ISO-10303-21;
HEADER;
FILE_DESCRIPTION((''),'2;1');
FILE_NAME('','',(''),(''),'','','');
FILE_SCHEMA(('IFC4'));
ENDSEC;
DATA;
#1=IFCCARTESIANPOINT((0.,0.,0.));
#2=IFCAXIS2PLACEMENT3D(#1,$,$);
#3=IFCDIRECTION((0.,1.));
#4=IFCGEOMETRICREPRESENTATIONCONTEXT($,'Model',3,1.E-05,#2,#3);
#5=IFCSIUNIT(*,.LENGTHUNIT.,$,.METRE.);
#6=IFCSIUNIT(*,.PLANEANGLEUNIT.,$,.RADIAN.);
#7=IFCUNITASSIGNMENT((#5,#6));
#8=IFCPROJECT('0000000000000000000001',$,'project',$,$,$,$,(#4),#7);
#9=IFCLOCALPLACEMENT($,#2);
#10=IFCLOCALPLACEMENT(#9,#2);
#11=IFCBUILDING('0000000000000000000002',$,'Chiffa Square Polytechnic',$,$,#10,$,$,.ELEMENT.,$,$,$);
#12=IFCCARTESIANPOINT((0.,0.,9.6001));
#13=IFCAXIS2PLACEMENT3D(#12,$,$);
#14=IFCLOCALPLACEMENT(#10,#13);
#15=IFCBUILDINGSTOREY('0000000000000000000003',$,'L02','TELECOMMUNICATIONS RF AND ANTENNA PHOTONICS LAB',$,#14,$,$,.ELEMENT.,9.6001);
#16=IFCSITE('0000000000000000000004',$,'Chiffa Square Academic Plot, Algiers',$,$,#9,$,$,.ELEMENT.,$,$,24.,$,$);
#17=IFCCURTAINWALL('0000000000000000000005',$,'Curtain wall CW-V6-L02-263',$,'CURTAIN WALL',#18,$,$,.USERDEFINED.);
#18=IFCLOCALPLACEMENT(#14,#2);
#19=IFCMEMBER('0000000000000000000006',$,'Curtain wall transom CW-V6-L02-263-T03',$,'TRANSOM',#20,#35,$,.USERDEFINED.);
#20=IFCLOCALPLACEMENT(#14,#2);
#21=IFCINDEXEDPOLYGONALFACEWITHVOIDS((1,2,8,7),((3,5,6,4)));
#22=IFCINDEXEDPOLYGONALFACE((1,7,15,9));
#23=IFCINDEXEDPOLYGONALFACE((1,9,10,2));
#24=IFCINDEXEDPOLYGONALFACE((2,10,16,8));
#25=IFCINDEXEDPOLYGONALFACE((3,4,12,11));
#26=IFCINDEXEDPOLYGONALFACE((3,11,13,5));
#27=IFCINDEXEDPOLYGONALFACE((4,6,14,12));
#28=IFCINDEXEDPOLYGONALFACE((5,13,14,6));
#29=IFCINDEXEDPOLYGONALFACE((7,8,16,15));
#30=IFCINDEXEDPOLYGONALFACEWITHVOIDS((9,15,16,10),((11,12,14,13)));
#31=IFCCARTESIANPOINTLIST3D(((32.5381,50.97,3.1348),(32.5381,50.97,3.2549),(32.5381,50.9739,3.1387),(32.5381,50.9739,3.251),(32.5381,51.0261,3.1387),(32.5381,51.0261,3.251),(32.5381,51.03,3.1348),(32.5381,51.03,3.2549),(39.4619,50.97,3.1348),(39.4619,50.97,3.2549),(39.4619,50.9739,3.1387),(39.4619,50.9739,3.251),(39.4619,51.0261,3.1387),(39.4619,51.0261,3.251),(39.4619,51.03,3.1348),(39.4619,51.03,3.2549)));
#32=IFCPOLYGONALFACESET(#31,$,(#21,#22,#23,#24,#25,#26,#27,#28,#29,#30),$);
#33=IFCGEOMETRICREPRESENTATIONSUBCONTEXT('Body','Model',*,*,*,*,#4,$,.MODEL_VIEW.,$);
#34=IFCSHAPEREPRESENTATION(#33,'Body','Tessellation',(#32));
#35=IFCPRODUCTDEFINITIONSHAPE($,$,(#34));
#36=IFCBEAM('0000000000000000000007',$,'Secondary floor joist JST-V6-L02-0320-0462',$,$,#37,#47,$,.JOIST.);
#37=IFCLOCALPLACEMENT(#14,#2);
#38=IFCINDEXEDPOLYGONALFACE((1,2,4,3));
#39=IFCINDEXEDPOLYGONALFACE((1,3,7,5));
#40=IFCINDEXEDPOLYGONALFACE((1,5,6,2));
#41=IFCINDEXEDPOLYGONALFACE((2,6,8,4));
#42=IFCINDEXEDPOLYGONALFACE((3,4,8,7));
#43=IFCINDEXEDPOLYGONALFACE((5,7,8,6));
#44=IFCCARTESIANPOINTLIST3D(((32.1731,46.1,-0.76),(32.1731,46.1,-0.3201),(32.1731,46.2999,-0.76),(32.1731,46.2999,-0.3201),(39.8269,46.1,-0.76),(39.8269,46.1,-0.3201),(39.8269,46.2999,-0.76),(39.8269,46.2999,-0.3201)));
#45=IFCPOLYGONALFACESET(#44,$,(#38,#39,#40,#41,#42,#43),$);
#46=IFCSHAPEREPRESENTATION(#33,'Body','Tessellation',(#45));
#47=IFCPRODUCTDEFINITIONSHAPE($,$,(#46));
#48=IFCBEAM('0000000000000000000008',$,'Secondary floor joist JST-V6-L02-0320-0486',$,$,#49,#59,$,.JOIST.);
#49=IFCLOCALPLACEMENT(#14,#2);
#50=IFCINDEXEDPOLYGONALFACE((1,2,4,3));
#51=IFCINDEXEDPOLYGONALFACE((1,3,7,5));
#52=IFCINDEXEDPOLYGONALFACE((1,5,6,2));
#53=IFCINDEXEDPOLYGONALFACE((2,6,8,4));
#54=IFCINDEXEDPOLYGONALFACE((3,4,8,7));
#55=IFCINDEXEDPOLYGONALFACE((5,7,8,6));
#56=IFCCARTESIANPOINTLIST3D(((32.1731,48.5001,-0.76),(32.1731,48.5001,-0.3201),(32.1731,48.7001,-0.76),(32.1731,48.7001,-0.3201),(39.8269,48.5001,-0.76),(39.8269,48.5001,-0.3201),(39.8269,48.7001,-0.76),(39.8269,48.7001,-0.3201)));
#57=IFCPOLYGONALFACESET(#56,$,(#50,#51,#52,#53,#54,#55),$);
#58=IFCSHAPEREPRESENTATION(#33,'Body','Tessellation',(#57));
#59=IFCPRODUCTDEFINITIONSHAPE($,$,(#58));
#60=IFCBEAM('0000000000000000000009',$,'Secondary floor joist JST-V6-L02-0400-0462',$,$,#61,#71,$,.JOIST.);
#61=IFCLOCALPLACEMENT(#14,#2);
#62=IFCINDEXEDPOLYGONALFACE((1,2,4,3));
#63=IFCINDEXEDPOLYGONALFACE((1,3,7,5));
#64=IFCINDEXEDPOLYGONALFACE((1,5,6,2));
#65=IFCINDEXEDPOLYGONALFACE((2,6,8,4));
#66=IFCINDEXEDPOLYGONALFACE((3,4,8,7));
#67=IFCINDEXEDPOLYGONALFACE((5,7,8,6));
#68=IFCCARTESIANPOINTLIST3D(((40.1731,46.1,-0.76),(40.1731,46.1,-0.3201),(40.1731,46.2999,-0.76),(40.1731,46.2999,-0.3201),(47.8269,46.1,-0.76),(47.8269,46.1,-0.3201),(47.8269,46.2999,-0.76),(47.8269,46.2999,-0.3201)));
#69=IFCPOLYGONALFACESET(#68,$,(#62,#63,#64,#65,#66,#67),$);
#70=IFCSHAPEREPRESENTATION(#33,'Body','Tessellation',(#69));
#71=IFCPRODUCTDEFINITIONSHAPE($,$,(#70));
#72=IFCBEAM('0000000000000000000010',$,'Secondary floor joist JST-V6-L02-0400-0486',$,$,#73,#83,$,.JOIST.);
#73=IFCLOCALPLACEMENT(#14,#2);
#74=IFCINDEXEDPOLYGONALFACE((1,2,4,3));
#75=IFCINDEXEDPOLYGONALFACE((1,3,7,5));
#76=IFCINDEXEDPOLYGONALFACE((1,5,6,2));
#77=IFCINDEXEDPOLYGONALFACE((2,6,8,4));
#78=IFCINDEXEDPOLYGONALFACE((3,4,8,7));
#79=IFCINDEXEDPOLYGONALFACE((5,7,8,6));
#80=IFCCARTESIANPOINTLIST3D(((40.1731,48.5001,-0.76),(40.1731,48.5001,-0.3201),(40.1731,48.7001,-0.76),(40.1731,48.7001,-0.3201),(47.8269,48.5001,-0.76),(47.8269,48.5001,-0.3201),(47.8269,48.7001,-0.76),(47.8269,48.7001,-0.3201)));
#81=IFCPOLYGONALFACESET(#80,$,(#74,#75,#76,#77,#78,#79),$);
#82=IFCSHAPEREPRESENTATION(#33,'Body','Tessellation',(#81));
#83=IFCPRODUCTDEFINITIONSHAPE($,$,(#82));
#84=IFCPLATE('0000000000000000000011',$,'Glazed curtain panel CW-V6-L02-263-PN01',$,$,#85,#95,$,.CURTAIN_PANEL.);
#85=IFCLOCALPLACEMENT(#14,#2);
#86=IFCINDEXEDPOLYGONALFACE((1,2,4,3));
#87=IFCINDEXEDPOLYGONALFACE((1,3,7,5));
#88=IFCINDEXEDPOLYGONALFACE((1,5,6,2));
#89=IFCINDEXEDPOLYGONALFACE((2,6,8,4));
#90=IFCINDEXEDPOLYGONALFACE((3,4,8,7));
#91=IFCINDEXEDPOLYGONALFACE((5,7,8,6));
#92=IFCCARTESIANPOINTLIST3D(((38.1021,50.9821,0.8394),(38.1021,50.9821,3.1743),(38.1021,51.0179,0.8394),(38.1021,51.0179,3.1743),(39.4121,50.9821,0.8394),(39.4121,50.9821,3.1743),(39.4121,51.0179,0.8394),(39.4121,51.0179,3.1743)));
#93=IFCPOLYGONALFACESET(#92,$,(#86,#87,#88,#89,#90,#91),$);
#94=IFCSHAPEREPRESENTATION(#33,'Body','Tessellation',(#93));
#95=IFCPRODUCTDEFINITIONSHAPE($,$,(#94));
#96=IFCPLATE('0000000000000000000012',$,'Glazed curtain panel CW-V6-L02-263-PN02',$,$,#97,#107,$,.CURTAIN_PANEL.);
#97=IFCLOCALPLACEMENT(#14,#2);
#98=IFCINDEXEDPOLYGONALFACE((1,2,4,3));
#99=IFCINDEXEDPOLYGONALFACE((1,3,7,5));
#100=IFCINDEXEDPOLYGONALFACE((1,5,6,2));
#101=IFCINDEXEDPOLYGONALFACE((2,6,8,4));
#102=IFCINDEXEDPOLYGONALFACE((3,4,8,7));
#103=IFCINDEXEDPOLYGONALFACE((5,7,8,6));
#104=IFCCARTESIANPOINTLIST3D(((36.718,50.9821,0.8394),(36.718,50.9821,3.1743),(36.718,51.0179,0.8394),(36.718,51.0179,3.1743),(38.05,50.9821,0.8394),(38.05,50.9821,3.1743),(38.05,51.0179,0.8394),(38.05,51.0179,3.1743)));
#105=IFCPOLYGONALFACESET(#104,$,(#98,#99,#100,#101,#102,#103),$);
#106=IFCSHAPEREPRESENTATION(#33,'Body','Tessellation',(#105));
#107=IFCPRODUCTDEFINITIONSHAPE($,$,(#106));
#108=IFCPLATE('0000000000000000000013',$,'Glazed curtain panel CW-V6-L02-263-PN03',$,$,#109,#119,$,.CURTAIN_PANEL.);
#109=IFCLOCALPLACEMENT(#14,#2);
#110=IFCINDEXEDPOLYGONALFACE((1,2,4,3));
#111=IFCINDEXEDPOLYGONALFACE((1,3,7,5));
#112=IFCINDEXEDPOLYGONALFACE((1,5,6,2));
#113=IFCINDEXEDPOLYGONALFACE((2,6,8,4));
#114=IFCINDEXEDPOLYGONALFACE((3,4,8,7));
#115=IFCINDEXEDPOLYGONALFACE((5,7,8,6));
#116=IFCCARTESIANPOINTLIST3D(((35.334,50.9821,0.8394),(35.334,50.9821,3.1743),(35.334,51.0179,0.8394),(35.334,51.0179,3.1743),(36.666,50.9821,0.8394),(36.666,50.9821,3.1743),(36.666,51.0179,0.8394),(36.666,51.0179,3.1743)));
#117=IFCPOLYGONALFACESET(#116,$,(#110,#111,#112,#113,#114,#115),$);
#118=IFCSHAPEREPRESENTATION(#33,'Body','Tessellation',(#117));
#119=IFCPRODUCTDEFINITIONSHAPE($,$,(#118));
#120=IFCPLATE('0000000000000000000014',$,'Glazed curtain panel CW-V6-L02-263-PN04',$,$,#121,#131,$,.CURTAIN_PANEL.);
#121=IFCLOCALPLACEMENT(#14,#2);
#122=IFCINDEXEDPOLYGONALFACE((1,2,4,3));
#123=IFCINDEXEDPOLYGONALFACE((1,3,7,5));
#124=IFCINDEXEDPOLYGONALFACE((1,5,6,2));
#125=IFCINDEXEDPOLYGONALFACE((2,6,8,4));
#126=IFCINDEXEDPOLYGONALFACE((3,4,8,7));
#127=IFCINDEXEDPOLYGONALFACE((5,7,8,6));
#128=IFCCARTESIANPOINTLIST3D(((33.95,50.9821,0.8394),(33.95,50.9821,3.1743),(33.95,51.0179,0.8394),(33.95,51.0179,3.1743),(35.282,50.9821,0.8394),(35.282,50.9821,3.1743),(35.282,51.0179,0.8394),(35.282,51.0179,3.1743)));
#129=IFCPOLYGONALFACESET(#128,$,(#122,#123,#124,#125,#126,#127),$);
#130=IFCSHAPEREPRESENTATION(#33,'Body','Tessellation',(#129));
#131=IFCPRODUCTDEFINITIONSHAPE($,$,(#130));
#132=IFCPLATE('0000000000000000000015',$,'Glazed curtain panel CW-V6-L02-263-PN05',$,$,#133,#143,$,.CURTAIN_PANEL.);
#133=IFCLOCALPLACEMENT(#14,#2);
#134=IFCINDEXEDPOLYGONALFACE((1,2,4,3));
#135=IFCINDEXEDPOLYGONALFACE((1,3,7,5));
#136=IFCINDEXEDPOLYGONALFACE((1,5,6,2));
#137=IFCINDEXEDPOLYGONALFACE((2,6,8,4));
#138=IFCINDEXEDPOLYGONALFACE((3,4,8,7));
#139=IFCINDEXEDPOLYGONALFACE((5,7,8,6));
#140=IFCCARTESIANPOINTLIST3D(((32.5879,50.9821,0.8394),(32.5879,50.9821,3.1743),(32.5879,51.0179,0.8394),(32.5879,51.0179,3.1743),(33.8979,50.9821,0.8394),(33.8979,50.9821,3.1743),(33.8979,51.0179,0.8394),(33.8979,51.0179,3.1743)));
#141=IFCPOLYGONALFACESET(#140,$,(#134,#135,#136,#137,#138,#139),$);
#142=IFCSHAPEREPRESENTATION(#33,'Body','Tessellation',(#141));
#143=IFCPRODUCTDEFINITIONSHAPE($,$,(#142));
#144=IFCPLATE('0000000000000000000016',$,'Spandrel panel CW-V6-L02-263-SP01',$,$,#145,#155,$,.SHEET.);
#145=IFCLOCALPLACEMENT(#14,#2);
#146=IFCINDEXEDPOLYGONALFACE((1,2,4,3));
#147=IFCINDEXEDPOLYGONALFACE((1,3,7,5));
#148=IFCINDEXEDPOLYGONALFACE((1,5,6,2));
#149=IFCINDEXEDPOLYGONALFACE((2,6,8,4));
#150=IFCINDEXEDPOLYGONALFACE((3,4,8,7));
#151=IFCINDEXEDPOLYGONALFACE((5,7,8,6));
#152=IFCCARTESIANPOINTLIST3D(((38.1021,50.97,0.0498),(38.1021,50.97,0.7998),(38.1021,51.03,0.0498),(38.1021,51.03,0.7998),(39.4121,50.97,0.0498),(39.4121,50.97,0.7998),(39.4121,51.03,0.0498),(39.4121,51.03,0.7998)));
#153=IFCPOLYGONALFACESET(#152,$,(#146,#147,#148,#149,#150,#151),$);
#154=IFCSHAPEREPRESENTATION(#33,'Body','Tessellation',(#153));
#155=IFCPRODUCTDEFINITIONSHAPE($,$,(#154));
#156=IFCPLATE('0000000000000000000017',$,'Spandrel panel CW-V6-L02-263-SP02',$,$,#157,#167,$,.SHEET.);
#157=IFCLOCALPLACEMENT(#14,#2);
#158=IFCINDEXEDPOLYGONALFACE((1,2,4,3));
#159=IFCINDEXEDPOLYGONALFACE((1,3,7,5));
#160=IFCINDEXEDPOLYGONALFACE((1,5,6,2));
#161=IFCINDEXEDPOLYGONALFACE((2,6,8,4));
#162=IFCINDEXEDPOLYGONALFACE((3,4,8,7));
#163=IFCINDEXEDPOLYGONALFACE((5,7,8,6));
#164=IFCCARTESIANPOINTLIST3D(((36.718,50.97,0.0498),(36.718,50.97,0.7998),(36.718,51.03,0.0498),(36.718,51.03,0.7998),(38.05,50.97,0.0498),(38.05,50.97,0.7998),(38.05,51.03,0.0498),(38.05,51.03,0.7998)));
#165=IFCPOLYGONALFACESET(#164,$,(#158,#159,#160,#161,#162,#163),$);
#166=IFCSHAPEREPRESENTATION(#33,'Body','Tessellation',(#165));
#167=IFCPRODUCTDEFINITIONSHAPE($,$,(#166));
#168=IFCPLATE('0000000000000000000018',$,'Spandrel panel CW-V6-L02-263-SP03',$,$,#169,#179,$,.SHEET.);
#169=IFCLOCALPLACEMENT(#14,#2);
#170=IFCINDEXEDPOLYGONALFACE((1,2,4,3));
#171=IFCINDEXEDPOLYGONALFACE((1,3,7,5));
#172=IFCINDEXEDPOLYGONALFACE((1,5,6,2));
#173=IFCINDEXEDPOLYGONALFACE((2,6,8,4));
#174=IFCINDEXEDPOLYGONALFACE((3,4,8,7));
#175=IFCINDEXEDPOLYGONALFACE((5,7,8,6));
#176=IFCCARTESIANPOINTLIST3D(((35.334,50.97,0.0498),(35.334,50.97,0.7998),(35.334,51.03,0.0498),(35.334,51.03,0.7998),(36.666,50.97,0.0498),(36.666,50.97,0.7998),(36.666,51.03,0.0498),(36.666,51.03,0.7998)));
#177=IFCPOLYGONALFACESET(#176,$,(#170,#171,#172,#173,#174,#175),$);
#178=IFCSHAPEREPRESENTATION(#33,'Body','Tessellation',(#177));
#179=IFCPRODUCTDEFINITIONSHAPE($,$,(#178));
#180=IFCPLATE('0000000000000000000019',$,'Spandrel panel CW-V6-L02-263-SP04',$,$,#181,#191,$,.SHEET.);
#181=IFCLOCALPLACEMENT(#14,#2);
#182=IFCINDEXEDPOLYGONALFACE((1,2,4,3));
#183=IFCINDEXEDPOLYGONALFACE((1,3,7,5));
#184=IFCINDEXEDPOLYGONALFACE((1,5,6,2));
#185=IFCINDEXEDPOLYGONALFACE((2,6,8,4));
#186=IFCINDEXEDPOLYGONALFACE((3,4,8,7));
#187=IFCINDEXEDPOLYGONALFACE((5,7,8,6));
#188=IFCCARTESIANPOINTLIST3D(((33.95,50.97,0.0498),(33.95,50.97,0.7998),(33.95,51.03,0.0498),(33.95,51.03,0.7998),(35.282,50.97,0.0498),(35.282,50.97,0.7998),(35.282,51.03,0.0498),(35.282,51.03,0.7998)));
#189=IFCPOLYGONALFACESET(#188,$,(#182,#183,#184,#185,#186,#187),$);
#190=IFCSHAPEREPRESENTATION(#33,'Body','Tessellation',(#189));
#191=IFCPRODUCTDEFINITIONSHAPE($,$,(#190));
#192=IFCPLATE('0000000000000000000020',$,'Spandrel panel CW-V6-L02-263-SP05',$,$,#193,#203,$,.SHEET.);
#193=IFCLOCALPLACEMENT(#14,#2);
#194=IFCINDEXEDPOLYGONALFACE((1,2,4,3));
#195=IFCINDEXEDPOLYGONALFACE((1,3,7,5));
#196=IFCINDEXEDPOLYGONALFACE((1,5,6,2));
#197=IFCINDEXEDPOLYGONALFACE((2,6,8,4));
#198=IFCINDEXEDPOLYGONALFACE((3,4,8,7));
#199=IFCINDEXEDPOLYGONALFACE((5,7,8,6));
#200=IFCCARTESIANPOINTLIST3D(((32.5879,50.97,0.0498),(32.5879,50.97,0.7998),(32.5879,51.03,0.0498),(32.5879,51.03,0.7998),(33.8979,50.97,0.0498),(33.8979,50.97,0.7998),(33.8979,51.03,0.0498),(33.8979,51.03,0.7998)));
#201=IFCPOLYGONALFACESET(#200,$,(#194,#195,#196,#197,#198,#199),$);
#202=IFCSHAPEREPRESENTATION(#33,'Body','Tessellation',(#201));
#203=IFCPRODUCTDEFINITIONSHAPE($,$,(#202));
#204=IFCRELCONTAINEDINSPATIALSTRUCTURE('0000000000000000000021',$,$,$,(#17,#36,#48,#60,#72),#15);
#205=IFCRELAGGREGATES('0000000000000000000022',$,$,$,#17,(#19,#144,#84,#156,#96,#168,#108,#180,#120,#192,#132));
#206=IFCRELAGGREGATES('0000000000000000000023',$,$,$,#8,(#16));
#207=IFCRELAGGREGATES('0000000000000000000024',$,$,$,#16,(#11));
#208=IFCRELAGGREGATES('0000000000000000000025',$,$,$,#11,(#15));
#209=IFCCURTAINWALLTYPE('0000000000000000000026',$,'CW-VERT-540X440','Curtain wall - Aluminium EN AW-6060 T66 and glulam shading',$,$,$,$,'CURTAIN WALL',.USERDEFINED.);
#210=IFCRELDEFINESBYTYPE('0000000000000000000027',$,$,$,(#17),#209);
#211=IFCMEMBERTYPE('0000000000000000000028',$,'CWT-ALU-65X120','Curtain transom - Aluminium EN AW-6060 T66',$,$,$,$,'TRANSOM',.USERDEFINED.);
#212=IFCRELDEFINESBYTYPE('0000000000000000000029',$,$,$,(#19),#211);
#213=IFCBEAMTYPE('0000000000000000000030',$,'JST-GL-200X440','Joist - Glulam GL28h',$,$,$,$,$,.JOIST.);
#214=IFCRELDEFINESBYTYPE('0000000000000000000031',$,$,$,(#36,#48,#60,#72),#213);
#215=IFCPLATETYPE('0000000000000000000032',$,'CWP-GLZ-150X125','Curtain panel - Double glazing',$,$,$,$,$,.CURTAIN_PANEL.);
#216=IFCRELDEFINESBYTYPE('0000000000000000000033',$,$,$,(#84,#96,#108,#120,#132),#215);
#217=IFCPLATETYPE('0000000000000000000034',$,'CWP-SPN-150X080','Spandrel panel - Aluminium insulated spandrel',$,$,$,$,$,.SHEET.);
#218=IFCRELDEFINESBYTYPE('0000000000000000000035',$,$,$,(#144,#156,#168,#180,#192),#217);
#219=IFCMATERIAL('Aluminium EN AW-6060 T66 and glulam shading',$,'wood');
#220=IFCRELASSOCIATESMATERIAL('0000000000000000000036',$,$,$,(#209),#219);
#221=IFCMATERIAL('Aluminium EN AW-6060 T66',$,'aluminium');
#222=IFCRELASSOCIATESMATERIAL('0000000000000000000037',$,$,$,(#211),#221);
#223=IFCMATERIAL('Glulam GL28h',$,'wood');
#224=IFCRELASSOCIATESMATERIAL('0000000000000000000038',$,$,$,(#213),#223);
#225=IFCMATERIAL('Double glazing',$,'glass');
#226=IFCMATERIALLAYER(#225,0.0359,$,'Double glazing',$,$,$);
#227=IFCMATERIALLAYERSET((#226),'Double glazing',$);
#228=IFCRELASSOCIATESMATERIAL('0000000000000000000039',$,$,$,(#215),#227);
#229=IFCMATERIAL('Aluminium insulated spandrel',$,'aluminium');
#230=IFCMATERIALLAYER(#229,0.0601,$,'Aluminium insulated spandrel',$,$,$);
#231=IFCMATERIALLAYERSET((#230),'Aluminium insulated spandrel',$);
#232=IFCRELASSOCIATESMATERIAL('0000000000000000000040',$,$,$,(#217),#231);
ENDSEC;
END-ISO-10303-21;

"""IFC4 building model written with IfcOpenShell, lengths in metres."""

from ifc_helpers import new_model, si_unit, direction, frame, origin, origin_2d, place, context, subcontext, project, spatial, rectangle, hollow_rectangle, extrude, material, layer, layer_set, material_profile, profile_set, type_object, element, aggregate, save


model = new_model("IFC4")

# Units and contexts
model_context = context("Model", 3, precision=1e-05, world=origin(), true_north=direction((0.0, 1.0)))
body_context = subcontext(model_context, "Body", "Model", "MODEL_VIEW")
ifc_project = project(units=[si_unit("LENGTHUNIT", "METRE"), si_unit("PLANEANGLEUNIT", "RADIAN")], contexts=[model_context])

# Site, building, storey
site_placement = place(None, origin())
site = spatial("IfcSite", under=ifc_project, at=site_placement, Name="Chiffa Square Academic Plot, Algiers", CompositionType="ELEMENT", RefElevation=24.0)
building_placement = place(site_placement, origin())
building = spatial("IfcBuilding", under=site, at=building_placement, Name="Chiffa Square Polytechnic", CompositionType="ELEMENT")
storey_placement = place(building_placement, frame((0.0, 0.0, 9.6001)))
storey = spatial("IfcBuildingStorey", under=building, at=storey_placement, Name="L02", Description="TELECOMMUNICATIONS RF AND ANTENNA PHOTONICS LAB", CompositionType="ELEMENT", Elevation=9.6001)

# Curtain wall, member
ifc_material_1 = material(Name="Aluminium EN AW-6060 T66 and glulam shading", Category="wood")
curtain_wall_type = type_object("IfcCurtainWallType", Name="CW-VERT-540X440", Description="Curtain wall - Aluminium EN AW-6060 T66 and glulam shading", ElementType="CURTAIN WALL", PredefinedType="USERDEFINED", material=ifc_material_1)
curtain_wall_placement = place(storey_placement, origin())
curtain_wall = element("IfcCurtainWall", 1, at=curtain_wall_placement, inside=storey, type_object=curtain_wall_type, Name="Curtain wall CW-V6-L02-263", ObjectType="CURTAIN WALL", PredefinedType="USERDEFINED")
ifc_material_2 = material(Name="Aluminium EN AW-6060 T66", Category="aluminium")
ifc_material_3 = material(Name="Glulam GL28h", Category="wood")
ifc_material_profile_1 = material_profile(ifc_material_2, hollow_rectangle(XDim=0.0601, YDim=0.1201, WallThickness=0.0039, at=origin_2d()), Name="ALU 60x120x4")
ifc_profile_set_1 = profile_set([ifc_material_profile_1], Name="Aluminium EN AW-6060 T66")
member_type_1 = type_object("IfcMemberType", Name="CWT-ALU-65X120", Description="Curtain transom - Aluminium EN AW-6060 T66", ElementType="TRANSOM", PredefinedType="USERDEFINED", material=ifc_profile_set_1)
member_1_placement = place(storey_placement, frame((39.4619, 51.0, 3.1948), z_axis=(-1.0, 0.0, 0.0), x_axis=(0.0, -1.0, 0.0)))
member_1 = element("IfcMember", 2, at=member_1_placement, type_object=member_type_1, Name="Curtain wall transom CW-V6-L02-263-T03", ObjectType="TRANSOM", PredefinedType="USERDEFINED", context=body_context, shape_type="SweptSolid", body=[
    extrude(hollow_rectangle(XDim=0.0601, YDim=0.1201, WallThickness=0.0039, at=origin_2d()), origin(), (0.0, 0.0, 1.0), 6.9238),
])

# Beams
ifc_material_profile_2 = material_profile(ifc_material_3, rectangle(XDim=0.2, YDim=0.4399, at=origin_2d()), Name="GL28h 200x440")
ifc_profile_set_2 = profile_set([ifc_material_profile_2], Name="Glulam GL28h")
beam_type_1 = type_object("IfcBeamType", Name="JST-GL-200X440", Description="Joist - Glulam GL28h", PredefinedType="JOIST", material=ifc_profile_set_2)
for number, where, z_axis, x_axis, name in (
    (3, (32.1731, 46.2, -0.54), (1.0, 0.0, 0.0), (0.0, 1.0, 0.0), "Secondary floor joist JST-V6-L02-0320-0462"),
    (4, (32.1731, 48.6001, -0.54), (1.0, 0.0, 0.0), (0.0, 1.0, 0.0), "Secondary floor joist JST-V6-L02-0320-0486"),
    (5, (40.1731, 46.2, -0.54), (1.0, 0.0, 0.0), (0.0, 1.0, 0.0), "Secondary floor joist JST-V6-L02-0400-0462"),
    (6, (40.1731, 48.6001, -0.54), (1.0, 0.0, 0.0), (0.0, 1.0, 0.0), "Secondary floor joist JST-V6-L02-0400-0486"),
):
    element("IfcBeam", number, at=place(storey_placement, frame(where, z_axis=z_axis, x_axis=x_axis)), inside=storey, type_object=beam_type_1, Name=name, PredefinedType="JOIST", context=body_context, shape_type="SweptSolid", body=[
        extrude(rectangle(XDim=0.2, YDim=0.4399, at=origin_2d()), origin(), (0.0, 0.0, 1.0), 7.6538),
    ])

# Plates
ifc_material_4 = material(Name="Double glazing", Category="glass")
ifc_layer_1 = layer(ifc_material_4, 0.0359, Name="Double glazing")
ifc_layer_set_1 = layer_set([ifc_layer_1], Name="Double glazing")
plate_type_1 = type_object("IfcPlateType", Name="CWP-GLZ-150X125", Description="Curtain panel - Double glazing", PredefinedType="CURTAIN_PANEL", material=ifc_layer_set_1)
plate_1_placement = place(storey_placement, frame((38.7571, 51.0, 0.8394), z_axis=(0.0, 0.0, 1.0), x_axis=(-1.0, 0.0, 0.0)))
plate_1 = element("IfcPlate", 7, at=plate_1_placement, type_object=plate_type_1, Name="Glazed curtain panel CW-V6-L02-263-PN01", PredefinedType="CURTAIN_PANEL", context=body_context, shape_type="SweptSolid", body=[
    extrude(rectangle(XDim=1.3101, YDim=0.0359, at=origin_2d()), origin(), (0.0, 0.0, 1.0), 2.335),
])
plate_2_placement = place(storey_placement, frame((37.384, 51.0, 0.8394), z_axis=(0.0, 0.0, 1.0), x_axis=(-1.0, 0.0, 0.0)))
plate_2 = element("IfcPlate", 8, at=plate_2_placement, type_object=plate_type_1, Name="Glazed curtain panel CW-V6-L02-263-PN02", PredefinedType="CURTAIN_PANEL", context=body_context, shape_type="SweptSolid", body=[
    extrude(rectangle(XDim=1.332, YDim=0.0359, at=origin_2d()), origin(), (0.0, 0.0, 1.0), 2.335),
])
plate_3_placement = place(storey_placement, frame((36.0, 51.0, 0.8394), z_axis=(0.0, 0.0, 1.0), x_axis=(-1.0, 0.0, 0.0)))
plate_3 = element("IfcPlate", 9, at=plate_3_placement, type_object=plate_type_1, Name="Glazed curtain panel CW-V6-L02-263-PN03", PredefinedType="CURTAIN_PANEL", context=body_context, shape_type="SweptSolid", body=[
    extrude(rectangle(XDim=1.332, YDim=0.0359, at=origin_2d()), origin(), (0.0, 0.0, 1.0), 2.335),
])
plate_4_placement = place(storey_placement, frame((34.616, 51.0, 0.8394), z_axis=(0.0, 0.0, 1.0), x_axis=(-1.0, 0.0, 0.0)))
plate_4 = element("IfcPlate", 10, at=plate_4_placement, type_object=plate_type_1, Name="Glazed curtain panel CW-V6-L02-263-PN04", PredefinedType="CURTAIN_PANEL", context=body_context, shape_type="SweptSolid", body=[
    extrude(rectangle(XDim=1.332, YDim=0.0359, at=origin_2d()), origin(), (0.0, 0.0, 1.0), 2.335),
])
plate_5_placement = place(storey_placement, frame((33.2429, 51.0, 0.8394), z_axis=(0.0, 0.0, 1.0), x_axis=(-1.0, 0.0, 0.0)))
plate_5 = element("IfcPlate", 11, at=plate_5_placement, type_object=plate_type_1, Name="Glazed curtain panel CW-V6-L02-263-PN05", PredefinedType="CURTAIN_PANEL", context=body_context, shape_type="SweptSolid", body=[
    extrude(rectangle(XDim=1.3101, YDim=0.0359, at=origin_2d()), origin(), (0.0, 0.0, 1.0), 2.335),
])
ifc_material_5 = material(Name="Aluminium insulated spandrel", Category="aluminium")
ifc_layer_2 = layer(ifc_material_5, 0.0601, Name="Aluminium insulated spandrel")
ifc_layer_set_2 = layer_set([ifc_layer_2], Name="Aluminium insulated spandrel")
plate_type_2 = type_object("IfcPlateType", Name="CWP-SPN-150X080", Description="Spandrel panel - Aluminium insulated spandrel", PredefinedType="SHEET", material=ifc_layer_set_2)
plate_6_placement = place(storey_placement, frame((38.7571, 51.0, 0.0498), z_axis=(0.0, 0.0, 1.0), x_axis=(-1.0, 0.0, 0.0)))
plate_6 = element("IfcPlate", 12, at=plate_6_placement, type_object=plate_type_2, Name="Spandrel panel CW-V6-L02-263-SP01", PredefinedType="SHEET", context=body_context, shape_type="SweptSolid", body=[
    extrude(rectangle(XDim=1.3101, YDim=0.0601, at=origin_2d()), origin(), (0.0, 0.0, 1.0), 0.75),
])
plate_7_placement = place(storey_placement, frame((37.384, 51.0, 0.0498), z_axis=(0.0, 0.0, 1.0), x_axis=(-1.0, 0.0, 0.0)))
plate_7 = element("IfcPlate", 13, at=plate_7_placement, type_object=plate_type_2, Name="Spandrel panel CW-V6-L02-263-SP02", PredefinedType="SHEET", context=body_context, shape_type="SweptSolid", body=[
    extrude(rectangle(XDim=1.332, YDim=0.0601, at=origin_2d()), origin(), (0.0, 0.0, 1.0), 0.75),
])
plate_8_placement = place(storey_placement, frame((36.0, 51.0, 0.0498), z_axis=(0.0, 0.0, 1.0), x_axis=(-1.0, 0.0, 0.0)))
plate_8 = element("IfcPlate", 14, at=plate_8_placement, type_object=plate_type_2, Name="Spandrel panel CW-V6-L02-263-SP03", PredefinedType="SHEET", context=body_context, shape_type="SweptSolid", body=[
    extrude(rectangle(XDim=1.332, YDim=0.0601, at=origin_2d()), origin(), (0.0, 0.0, 1.0), 0.75),
])
plate_9_placement = place(storey_placement, frame((34.616, 51.0, 0.0498), z_axis=(0.0, 0.0, 1.0), x_axis=(-1.0, 0.0, 0.0)))
plate_9 = element("IfcPlate", 15, at=plate_9_placement, type_object=plate_type_2, Name="Spandrel panel CW-V6-L02-263-SP04", PredefinedType="SHEET", context=body_context, shape_type="SweptSolid", body=[
    extrude(rectangle(XDim=1.332, YDim=0.0601, at=origin_2d()), origin(), (0.0, 0.0, 1.0), 0.75),
])
plate_10_placement = place(storey_placement, frame((33.2429, 51.0, 0.0498), z_axis=(0.0, 0.0, 1.0), x_axis=(-1.0, 0.0, 0.0)))
plate_10 = element("IfcPlate", 16, at=plate_10_placement, type_object=plate_type_2, Name="Spandrel panel CW-V6-L02-263-SP05", PredefinedType="SHEET", context=body_context, shape_type="SweptSolid", body=[
    extrude(rectangle(XDim=1.3101, YDim=0.0601, at=origin_2d()), origin(), (0.0, 0.0, 1.0), 0.75),
])
aggregate(curtain_wall, [member_1, plate_6, plate_1, plate_7, plate_2, plate_8, plate_3, plate_9, plate_4, plate_10, plate_5])

save(model, "model.ifc")
